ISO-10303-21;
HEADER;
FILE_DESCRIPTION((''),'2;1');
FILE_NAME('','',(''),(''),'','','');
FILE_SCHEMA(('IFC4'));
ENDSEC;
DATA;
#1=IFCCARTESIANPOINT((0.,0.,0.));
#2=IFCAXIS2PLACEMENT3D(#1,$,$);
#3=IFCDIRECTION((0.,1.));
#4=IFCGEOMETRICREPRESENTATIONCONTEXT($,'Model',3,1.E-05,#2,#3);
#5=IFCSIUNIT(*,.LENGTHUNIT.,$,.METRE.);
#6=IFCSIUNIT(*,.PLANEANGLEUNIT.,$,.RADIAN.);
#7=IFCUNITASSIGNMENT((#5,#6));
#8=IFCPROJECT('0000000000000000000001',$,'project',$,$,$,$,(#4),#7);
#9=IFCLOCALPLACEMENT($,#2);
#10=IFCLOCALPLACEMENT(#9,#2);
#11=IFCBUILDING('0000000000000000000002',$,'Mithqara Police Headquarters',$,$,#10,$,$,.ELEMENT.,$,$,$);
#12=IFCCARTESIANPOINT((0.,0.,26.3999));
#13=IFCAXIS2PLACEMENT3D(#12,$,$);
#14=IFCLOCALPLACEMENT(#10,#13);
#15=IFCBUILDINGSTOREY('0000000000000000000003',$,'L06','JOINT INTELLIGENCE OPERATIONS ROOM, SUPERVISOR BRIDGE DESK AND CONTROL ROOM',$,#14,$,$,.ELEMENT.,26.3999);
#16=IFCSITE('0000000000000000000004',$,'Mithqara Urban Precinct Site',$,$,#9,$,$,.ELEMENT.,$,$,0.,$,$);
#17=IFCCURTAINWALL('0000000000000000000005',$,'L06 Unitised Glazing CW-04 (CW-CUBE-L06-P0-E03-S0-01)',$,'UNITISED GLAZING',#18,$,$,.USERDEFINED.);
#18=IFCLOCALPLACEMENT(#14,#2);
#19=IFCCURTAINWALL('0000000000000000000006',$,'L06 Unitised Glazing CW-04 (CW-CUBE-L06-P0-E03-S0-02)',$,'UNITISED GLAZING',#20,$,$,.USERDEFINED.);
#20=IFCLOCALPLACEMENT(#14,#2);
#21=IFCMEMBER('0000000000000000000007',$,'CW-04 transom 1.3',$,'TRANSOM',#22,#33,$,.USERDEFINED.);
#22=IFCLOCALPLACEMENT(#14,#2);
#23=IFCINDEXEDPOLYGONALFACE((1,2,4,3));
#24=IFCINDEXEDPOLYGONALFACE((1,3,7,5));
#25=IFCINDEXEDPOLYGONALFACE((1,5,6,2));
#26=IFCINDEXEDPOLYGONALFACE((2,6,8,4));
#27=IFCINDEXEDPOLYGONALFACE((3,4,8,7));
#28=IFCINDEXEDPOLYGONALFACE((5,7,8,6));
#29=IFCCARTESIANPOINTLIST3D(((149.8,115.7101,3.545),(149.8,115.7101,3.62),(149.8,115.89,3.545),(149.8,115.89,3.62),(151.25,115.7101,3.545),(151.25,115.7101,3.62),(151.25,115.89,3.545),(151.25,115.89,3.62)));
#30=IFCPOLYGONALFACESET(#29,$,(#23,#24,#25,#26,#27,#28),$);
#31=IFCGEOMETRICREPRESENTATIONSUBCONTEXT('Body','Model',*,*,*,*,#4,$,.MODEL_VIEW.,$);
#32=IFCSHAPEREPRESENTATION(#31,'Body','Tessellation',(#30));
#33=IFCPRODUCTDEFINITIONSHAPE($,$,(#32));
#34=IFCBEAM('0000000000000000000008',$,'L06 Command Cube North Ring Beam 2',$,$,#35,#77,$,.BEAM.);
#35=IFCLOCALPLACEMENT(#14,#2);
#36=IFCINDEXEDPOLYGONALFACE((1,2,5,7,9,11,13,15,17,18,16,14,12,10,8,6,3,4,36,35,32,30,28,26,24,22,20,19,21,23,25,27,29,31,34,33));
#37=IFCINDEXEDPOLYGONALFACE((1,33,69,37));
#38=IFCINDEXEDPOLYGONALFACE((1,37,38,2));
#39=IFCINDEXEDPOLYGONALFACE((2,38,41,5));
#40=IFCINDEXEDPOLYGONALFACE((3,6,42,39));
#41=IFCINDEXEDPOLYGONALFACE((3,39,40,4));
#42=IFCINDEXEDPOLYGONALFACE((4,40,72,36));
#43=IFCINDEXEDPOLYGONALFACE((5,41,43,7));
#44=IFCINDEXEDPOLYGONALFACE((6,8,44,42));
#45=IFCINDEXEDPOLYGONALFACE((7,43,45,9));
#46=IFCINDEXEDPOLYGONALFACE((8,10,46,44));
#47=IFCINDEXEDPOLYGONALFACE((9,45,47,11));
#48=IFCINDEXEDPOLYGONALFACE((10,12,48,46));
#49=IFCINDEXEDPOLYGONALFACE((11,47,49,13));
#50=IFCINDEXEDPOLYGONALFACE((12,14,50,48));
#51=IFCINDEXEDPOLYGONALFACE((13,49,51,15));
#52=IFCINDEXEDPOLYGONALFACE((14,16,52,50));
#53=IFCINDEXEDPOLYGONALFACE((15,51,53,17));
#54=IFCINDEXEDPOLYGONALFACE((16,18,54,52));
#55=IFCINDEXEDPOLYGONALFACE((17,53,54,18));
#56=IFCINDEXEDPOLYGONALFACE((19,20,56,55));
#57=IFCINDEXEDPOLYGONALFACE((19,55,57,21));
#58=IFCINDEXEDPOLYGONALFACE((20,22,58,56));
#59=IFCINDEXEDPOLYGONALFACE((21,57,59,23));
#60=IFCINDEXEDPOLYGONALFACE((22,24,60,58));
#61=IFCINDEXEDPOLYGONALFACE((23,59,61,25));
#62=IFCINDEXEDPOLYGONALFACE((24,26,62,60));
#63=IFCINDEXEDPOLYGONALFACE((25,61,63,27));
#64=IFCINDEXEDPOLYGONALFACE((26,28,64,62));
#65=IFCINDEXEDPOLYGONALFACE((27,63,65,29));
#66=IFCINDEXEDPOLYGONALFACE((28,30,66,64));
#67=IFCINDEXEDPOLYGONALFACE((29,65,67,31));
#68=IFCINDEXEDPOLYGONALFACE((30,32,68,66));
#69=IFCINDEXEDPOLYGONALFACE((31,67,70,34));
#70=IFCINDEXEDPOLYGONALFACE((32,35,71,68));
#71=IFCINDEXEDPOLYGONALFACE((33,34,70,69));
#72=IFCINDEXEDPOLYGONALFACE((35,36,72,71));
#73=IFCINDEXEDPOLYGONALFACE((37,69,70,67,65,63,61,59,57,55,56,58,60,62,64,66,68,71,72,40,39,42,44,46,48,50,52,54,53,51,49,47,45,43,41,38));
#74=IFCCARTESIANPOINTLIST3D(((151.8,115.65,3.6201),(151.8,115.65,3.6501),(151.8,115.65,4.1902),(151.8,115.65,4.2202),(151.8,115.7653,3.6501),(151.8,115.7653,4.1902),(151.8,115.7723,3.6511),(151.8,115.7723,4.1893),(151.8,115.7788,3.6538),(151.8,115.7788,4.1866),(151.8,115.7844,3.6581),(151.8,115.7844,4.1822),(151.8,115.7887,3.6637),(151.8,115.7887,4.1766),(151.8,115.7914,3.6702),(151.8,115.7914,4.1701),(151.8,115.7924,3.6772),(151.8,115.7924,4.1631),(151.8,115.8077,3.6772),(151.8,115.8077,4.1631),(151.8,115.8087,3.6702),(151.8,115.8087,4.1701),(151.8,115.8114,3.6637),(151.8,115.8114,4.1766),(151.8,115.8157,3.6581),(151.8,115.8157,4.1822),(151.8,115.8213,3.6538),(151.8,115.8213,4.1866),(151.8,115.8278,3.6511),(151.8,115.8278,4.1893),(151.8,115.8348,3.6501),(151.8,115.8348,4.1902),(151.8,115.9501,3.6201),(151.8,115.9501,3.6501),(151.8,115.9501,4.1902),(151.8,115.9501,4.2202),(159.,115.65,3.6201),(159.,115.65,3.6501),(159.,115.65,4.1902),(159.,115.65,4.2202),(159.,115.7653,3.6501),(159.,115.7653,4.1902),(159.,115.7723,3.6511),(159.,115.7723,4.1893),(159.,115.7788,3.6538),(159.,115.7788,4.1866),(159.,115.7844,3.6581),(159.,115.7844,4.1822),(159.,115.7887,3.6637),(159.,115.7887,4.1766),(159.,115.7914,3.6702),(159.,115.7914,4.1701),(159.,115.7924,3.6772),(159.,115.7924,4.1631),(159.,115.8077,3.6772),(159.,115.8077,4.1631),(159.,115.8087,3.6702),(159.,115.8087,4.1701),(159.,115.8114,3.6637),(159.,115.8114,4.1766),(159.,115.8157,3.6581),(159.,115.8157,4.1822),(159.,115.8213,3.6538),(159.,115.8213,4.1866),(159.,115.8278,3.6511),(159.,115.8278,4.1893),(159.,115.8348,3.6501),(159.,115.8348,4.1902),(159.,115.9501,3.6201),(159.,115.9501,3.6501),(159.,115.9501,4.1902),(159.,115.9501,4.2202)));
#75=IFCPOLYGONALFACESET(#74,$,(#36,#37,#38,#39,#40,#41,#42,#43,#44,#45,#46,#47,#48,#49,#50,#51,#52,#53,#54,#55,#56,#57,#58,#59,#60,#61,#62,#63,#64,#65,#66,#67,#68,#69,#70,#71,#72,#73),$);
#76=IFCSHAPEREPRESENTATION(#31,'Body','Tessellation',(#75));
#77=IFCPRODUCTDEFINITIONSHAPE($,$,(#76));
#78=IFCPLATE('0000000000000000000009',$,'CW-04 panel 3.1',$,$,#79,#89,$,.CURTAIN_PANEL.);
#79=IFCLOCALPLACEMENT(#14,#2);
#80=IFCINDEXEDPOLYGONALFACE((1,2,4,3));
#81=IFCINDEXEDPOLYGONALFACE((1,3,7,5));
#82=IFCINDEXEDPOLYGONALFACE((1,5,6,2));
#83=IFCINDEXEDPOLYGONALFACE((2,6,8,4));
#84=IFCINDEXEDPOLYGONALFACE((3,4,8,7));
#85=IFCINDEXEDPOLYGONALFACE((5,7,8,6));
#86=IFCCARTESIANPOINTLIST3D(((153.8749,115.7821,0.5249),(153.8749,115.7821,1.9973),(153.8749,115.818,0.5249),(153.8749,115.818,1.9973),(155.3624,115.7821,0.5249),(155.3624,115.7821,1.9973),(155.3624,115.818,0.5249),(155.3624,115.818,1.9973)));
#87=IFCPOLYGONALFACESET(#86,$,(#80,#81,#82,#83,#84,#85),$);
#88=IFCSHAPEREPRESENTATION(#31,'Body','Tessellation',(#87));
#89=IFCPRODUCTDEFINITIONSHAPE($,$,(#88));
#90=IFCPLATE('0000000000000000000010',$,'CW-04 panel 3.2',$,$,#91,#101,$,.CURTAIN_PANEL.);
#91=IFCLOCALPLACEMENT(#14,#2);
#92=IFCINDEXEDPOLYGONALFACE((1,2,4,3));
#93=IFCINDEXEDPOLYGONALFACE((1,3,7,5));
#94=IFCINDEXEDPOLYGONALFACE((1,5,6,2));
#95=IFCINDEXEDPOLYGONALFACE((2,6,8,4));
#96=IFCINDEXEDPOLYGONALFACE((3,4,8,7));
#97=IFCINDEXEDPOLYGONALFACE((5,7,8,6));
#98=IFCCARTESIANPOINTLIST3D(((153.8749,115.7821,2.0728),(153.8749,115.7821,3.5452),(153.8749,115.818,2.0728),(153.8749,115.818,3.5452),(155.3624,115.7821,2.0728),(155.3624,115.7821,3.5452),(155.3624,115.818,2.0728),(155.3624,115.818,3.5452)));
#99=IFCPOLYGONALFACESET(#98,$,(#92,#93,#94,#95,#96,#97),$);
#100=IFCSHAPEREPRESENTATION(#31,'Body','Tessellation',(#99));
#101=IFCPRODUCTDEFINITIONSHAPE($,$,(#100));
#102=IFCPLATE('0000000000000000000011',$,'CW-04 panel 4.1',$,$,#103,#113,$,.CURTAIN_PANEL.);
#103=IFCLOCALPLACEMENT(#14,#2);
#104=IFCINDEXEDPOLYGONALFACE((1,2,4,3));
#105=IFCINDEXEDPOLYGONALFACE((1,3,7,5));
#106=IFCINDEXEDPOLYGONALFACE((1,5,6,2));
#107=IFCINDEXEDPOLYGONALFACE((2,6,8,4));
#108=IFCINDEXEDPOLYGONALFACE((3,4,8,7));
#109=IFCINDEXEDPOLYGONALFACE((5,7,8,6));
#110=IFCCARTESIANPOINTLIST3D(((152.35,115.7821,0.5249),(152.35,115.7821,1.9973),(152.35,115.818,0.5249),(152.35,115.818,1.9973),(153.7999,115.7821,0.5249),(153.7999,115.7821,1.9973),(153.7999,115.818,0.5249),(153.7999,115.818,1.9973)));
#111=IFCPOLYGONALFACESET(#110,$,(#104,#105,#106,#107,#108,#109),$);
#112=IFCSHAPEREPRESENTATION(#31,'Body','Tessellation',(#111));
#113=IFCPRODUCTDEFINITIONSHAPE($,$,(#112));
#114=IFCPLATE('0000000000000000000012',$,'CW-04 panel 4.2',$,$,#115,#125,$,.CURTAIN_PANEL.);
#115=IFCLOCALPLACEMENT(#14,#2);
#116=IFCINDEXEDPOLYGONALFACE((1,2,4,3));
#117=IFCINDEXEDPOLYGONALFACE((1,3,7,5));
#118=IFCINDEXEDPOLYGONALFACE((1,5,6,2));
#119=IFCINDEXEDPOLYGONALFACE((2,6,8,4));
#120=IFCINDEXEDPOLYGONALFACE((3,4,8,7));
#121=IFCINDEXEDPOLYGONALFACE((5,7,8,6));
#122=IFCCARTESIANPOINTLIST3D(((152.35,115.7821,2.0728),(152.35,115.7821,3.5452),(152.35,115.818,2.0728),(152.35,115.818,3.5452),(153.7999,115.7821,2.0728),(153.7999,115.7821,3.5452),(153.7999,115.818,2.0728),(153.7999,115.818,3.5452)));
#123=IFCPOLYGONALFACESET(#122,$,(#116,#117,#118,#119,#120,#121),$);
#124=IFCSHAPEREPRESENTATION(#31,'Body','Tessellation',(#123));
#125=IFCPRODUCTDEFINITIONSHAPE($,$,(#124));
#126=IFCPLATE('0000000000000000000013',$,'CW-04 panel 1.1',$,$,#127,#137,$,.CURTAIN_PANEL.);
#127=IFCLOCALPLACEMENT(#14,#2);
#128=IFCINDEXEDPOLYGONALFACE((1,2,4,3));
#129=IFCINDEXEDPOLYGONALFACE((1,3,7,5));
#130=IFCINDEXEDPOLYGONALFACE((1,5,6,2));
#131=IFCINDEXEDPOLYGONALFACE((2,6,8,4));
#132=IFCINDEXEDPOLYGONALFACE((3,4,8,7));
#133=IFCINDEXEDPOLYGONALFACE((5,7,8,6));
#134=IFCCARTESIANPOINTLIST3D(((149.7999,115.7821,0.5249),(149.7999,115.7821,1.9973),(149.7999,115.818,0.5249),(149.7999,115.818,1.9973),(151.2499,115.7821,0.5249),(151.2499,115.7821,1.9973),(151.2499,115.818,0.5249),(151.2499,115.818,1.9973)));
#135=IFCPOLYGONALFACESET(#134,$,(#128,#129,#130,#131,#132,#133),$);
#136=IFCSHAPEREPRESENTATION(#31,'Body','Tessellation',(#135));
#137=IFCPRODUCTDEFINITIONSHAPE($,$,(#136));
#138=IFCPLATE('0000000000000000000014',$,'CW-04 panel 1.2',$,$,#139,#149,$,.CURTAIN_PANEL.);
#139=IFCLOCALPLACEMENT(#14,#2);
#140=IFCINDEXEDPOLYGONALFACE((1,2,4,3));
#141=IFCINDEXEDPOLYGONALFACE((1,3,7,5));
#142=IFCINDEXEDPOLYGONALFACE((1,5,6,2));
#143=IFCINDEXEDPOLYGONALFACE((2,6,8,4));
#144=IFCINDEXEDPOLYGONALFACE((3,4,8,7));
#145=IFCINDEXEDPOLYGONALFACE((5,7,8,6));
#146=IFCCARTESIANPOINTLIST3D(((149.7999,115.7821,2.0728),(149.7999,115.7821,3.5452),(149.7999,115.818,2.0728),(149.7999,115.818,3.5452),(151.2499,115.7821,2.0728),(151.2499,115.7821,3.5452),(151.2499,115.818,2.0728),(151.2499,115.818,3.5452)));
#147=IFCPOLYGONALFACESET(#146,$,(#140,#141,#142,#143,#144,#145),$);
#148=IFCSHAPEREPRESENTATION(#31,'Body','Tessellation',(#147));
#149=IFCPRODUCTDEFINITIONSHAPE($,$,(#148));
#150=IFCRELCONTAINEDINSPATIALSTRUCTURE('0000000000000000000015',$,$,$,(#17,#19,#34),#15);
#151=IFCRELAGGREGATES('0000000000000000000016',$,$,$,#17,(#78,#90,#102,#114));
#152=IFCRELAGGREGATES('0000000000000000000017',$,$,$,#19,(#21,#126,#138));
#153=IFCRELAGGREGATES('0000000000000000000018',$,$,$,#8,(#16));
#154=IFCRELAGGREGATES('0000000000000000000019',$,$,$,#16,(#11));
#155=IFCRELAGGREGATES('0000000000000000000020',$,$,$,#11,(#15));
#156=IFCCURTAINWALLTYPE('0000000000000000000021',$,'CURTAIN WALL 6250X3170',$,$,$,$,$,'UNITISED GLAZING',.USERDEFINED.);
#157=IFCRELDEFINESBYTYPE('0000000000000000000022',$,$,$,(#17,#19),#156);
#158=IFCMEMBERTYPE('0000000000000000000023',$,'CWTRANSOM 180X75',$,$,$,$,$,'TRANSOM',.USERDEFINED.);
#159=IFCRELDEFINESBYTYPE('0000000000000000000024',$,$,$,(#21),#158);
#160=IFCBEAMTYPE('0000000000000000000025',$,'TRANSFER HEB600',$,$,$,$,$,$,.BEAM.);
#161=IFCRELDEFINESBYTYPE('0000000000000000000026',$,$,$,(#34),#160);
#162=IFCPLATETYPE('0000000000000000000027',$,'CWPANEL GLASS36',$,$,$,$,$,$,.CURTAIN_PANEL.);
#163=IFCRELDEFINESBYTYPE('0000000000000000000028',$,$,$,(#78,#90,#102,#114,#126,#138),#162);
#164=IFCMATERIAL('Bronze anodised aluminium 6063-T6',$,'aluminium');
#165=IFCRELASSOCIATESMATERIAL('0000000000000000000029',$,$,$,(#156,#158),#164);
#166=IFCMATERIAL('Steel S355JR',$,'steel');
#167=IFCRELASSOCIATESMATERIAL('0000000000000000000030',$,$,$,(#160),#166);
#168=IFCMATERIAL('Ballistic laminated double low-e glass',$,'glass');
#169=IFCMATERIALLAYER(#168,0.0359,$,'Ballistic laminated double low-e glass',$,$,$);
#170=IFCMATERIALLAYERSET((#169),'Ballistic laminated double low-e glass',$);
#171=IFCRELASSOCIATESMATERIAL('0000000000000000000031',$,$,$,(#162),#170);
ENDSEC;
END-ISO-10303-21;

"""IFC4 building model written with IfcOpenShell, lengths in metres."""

from ifc_helpers import new_model, si_unit, direction, frame, origin, origin_2d, place, context, subcontext, project, spatial, rectangle, i_section, extrude, material, layer, layer_set, material_profile, profile_set, type_object, element, aggregate, save


model = new_model("IFC4")

# Units and contexts
model_context = context("Model", 3, precision=1e-05, world=origin(), true_north=direction((0.0, 1.0)))
body_context = subcontext(model_context, "Body", "Model", "MODEL_VIEW")
ifc_project = project(units=[si_unit("LENGTHUNIT", "METRE"), si_unit("PLANEANGLEUNIT", "RADIAN")], contexts=[model_context])

# Site, building, storey
site_placement = place(None, origin())
site = spatial("IfcSite", under=ifc_project, at=site_placement, Name="Mithqara Urban Precinct Site", CompositionType="ELEMENT", RefElevation=0.0)
building_placement = place(site_placement, origin())
building = spatial("IfcBuilding", under=site, at=building_placement, Name="Mithqara Police Headquarters", CompositionType="ELEMENT")
storey_placement = place(building_placement, frame((0.0, 0.0, 26.3999)))
storey = spatial("IfcBuildingStorey", under=building, at=storey_placement, Name="L06", Description="JOINT INTELLIGENCE OPERATIONS ROOM, SUPERVISOR BRIDGE DESK AND CONTROL ROOM", CompositionType="ELEMENT", Elevation=26.3999)

# Shared definitions
ifc_material_1 = material(Name="Steel S355JR", Category="steel")

# Curtain walls
ifc_material_2 = material(Name="Bronze anodised aluminium 6063-T6", Category="aluminium")
curtain_wall_type = type_object("IfcCurtainWallType", Name="CURTAIN WALL 6250X3170", ElementType="UNITISED GLAZING", PredefinedType="USERDEFINED", material=ifc_material_2)
curtain_wall_1_placement = place(storey_placement, origin())
curtain_wall_1 = element("IfcCurtainWall", 1, at=curtain_wall_1_placement, inside=storey, type_object=curtain_wall_type, Name="L06 Unitised Glazing CW-04 (CW-CUBE-L06-P0-E03-S0-01)", ObjectType="UNITISED GLAZING", PredefinedType="USERDEFINED")
curtain_wall_2_placement = place(storey_placement, origin())
curtain_wall_2 = element("IfcCurtainWall", 2, at=curtain_wall_2_placement, inside=storey, type_object=curtain_wall_type, Name="L06 Unitised Glazing CW-04 (CW-CUBE-L06-P0-E03-S0-02)", ObjectType="UNITISED GLAZING", PredefinedType="USERDEFINED")

# Member
ifc_material_profile_1 = material_profile(ifc_material_2, rectangle(XDim=0.1799, YDim=0.075, at=origin_2d()), Name="CWT 180x75")
ifc_profile_set_1 = profile_set([ifc_material_profile_1], Name="Bronze anodised aluminium 6063-T6")
member_type_1 = type_object("IfcMemberType", Name="CWTRANSOM 180X75", ElementType="TRANSOM", PredefinedType="USERDEFINED", material=ifc_profile_set_1)
member_1_placement = place(storey_placement, frame((151.25, 115.8, 3.5825), z_axis=(-1.0, 0.0, 0.0), x_axis=(0.0, -1.0, 0.0)))
member_1 = element("IfcMember", 3, at=member_1_placement, type_object=member_type_1, Name="CW-04 transom 1.3", ObjectType="TRANSOM", PredefinedType="USERDEFINED", context=body_context, shape_type="SweptSolid", body=[
    extrude(rectangle(XDim=0.1799, YDim=0.075, at=origin_2d()), origin(), (0.0, 0.0, 1.0), 1.45),
])

# Beam
ifc_material_profile_2 = material_profile(ifc_material_1, i_section(OverallWidth=0.3, OverallDepth=0.6001, WebThickness=0.0154, FlangeThickness=0.03, FilletRadius=0.0271, at=origin_2d()), Name="HEB 600")
ifc_profile_set_2 = profile_set([ifc_material_profile_2], Name="Steel S355JR")
beam_type = type_object("IfcBeamType", Name="TRANSFER HEB600", PredefinedType="BEAM", material=ifc_profile_set_2)
beam_placement = place(storey_placement, frame((151.8, 115.8, 3.9202), z_axis=(1.0, 0.0, 0.0), x_axis=(0.0, 1.0, 0.0)))
element("IfcBeam", 4, at=beam_placement, inside=storey, type_object=beam_type, Name="L06 Command Cube North Ring Beam 2", PredefinedType="BEAM", context=body_context, shape_type="SweptSolid", body=[
    extrude(i_section(OverallWidth=0.3, OverallDepth=0.6001, WebThickness=0.0154, FlangeThickness=0.03, FilletRadius=0.0271, at=origin_2d()), origin(), (0.0, 0.0, 1.0), 7.2),
])

# Plates
ifc_material_3 = material(Name="Ballistic laminated double low-e glass", Category="glass")
ifc_layer = layer(ifc_material_3, 0.0359, Name="Ballistic laminated double low-e glass")
ifc_layer_set = layer_set([ifc_layer], Name="Ballistic laminated double low-e glass")
plate_type = type_object("IfcPlateType", Name="CWPANEL GLASS36", PredefinedType="CURTAIN_PANEL", material=ifc_layer_set)
plate_1_placement = place(storey_placement, frame((154.6187, 115.8, 0.5249), z_axis=(0.0, 0.0, 1.0), x_axis=(-1.0, 0.0, 0.0)))
plate_1 = element("IfcPlate", 5, at=plate_1_placement, type_object=plate_type, Name="CW-04 panel 3.1", PredefinedType="CURTAIN_PANEL", context=body_context, shape_type="SweptSolid", body=[
    extrude(rectangle(XDim=1.4875, YDim=0.0359, at=origin_2d()), origin(), (0.0, 0.0, 1.0), 1.4724),
])
plate_2_placement = place(storey_placement, frame((154.6187, 115.8, 2.0728), z_axis=(0.0, 0.0, 1.0), x_axis=(-1.0, 0.0, 0.0)))
plate_2 = element("IfcPlate", 6, at=plate_2_placement, type_object=plate_type, Name="CW-04 panel 3.2", PredefinedType="CURTAIN_PANEL", context=body_context, shape_type="SweptSolid", body=[
    extrude(rectangle(XDim=1.4875, YDim=0.0359, at=origin_2d()), origin(), (0.0, 0.0, 1.0), 1.4724),
])
plate_3_placement = place(storey_placement, frame((153.075, 115.8, 0.5249), z_axis=(0.0, 0.0, 1.0), x_axis=(-1.0, 0.0, 0.0)))
plate_3 = element("IfcPlate", 7, at=plate_3_placement, type_object=plate_type, Name="CW-04 panel 4.1", PredefinedType="CURTAIN_PANEL", context=body_context, shape_type="SweptSolid", body=[
    extrude(rectangle(XDim=1.45, YDim=0.0359, at=origin_2d()), origin(), (0.0, 0.0, 1.0), 1.4724),
])
plate_4_placement = place(storey_placement, frame((153.075, 115.8, 2.0728), z_axis=(0.0, 0.0, 1.0), x_axis=(-1.0, 0.0, 0.0)))
plate_4 = element("IfcPlate", 8, at=plate_4_placement, type_object=plate_type, Name="CW-04 panel 4.2", PredefinedType="CURTAIN_PANEL", context=body_context, shape_type="SweptSolid", body=[
    extrude(rectangle(XDim=1.45, YDim=0.0359, at=origin_2d()), origin(), (0.0, 0.0, 1.0), 1.4724),
])
aggregate(curtain_wall_1, [plate_1, plate_2, plate_3, plate_4])
plate_5_placement = place(storey_placement, frame((150.5249, 115.8, 0.5249), z_axis=(0.0, 0.0, 1.0), x_axis=(-1.0, 0.0, 0.0)))
plate_5 = element("IfcPlate", 9, at=plate_5_placement, type_object=plate_type, Name="CW-04 panel 1.1", PredefinedType="CURTAIN_PANEL", context=body_context, shape_type="SweptSolid", body=[
    extrude(rectangle(XDim=1.45, YDim=0.0359, at=origin_2d()), origin(), (0.0, 0.0, 1.0), 1.4724),
])
plate_6_placement = place(storey_placement, frame((150.5249, 115.8, 2.0728), z_axis=(0.0, 0.0, 1.0), x_axis=(-1.0, 0.0, 0.0)))
plate_6 = element("IfcPlate", 10, at=plate_6_placement, type_object=plate_type, Name="CW-04 panel 1.2", PredefinedType="CURTAIN_PANEL", context=body_context, shape_type="SweptSolid", body=[
    extrude(rectangle(XDim=1.45, YDim=0.0359, at=origin_2d()), origin(), (0.0, 0.0, 1.0), 1.4724),
])
aggregate(curtain_wall_2, [member_1, plate_5, plate_6])

save(model, "model.ifc")
